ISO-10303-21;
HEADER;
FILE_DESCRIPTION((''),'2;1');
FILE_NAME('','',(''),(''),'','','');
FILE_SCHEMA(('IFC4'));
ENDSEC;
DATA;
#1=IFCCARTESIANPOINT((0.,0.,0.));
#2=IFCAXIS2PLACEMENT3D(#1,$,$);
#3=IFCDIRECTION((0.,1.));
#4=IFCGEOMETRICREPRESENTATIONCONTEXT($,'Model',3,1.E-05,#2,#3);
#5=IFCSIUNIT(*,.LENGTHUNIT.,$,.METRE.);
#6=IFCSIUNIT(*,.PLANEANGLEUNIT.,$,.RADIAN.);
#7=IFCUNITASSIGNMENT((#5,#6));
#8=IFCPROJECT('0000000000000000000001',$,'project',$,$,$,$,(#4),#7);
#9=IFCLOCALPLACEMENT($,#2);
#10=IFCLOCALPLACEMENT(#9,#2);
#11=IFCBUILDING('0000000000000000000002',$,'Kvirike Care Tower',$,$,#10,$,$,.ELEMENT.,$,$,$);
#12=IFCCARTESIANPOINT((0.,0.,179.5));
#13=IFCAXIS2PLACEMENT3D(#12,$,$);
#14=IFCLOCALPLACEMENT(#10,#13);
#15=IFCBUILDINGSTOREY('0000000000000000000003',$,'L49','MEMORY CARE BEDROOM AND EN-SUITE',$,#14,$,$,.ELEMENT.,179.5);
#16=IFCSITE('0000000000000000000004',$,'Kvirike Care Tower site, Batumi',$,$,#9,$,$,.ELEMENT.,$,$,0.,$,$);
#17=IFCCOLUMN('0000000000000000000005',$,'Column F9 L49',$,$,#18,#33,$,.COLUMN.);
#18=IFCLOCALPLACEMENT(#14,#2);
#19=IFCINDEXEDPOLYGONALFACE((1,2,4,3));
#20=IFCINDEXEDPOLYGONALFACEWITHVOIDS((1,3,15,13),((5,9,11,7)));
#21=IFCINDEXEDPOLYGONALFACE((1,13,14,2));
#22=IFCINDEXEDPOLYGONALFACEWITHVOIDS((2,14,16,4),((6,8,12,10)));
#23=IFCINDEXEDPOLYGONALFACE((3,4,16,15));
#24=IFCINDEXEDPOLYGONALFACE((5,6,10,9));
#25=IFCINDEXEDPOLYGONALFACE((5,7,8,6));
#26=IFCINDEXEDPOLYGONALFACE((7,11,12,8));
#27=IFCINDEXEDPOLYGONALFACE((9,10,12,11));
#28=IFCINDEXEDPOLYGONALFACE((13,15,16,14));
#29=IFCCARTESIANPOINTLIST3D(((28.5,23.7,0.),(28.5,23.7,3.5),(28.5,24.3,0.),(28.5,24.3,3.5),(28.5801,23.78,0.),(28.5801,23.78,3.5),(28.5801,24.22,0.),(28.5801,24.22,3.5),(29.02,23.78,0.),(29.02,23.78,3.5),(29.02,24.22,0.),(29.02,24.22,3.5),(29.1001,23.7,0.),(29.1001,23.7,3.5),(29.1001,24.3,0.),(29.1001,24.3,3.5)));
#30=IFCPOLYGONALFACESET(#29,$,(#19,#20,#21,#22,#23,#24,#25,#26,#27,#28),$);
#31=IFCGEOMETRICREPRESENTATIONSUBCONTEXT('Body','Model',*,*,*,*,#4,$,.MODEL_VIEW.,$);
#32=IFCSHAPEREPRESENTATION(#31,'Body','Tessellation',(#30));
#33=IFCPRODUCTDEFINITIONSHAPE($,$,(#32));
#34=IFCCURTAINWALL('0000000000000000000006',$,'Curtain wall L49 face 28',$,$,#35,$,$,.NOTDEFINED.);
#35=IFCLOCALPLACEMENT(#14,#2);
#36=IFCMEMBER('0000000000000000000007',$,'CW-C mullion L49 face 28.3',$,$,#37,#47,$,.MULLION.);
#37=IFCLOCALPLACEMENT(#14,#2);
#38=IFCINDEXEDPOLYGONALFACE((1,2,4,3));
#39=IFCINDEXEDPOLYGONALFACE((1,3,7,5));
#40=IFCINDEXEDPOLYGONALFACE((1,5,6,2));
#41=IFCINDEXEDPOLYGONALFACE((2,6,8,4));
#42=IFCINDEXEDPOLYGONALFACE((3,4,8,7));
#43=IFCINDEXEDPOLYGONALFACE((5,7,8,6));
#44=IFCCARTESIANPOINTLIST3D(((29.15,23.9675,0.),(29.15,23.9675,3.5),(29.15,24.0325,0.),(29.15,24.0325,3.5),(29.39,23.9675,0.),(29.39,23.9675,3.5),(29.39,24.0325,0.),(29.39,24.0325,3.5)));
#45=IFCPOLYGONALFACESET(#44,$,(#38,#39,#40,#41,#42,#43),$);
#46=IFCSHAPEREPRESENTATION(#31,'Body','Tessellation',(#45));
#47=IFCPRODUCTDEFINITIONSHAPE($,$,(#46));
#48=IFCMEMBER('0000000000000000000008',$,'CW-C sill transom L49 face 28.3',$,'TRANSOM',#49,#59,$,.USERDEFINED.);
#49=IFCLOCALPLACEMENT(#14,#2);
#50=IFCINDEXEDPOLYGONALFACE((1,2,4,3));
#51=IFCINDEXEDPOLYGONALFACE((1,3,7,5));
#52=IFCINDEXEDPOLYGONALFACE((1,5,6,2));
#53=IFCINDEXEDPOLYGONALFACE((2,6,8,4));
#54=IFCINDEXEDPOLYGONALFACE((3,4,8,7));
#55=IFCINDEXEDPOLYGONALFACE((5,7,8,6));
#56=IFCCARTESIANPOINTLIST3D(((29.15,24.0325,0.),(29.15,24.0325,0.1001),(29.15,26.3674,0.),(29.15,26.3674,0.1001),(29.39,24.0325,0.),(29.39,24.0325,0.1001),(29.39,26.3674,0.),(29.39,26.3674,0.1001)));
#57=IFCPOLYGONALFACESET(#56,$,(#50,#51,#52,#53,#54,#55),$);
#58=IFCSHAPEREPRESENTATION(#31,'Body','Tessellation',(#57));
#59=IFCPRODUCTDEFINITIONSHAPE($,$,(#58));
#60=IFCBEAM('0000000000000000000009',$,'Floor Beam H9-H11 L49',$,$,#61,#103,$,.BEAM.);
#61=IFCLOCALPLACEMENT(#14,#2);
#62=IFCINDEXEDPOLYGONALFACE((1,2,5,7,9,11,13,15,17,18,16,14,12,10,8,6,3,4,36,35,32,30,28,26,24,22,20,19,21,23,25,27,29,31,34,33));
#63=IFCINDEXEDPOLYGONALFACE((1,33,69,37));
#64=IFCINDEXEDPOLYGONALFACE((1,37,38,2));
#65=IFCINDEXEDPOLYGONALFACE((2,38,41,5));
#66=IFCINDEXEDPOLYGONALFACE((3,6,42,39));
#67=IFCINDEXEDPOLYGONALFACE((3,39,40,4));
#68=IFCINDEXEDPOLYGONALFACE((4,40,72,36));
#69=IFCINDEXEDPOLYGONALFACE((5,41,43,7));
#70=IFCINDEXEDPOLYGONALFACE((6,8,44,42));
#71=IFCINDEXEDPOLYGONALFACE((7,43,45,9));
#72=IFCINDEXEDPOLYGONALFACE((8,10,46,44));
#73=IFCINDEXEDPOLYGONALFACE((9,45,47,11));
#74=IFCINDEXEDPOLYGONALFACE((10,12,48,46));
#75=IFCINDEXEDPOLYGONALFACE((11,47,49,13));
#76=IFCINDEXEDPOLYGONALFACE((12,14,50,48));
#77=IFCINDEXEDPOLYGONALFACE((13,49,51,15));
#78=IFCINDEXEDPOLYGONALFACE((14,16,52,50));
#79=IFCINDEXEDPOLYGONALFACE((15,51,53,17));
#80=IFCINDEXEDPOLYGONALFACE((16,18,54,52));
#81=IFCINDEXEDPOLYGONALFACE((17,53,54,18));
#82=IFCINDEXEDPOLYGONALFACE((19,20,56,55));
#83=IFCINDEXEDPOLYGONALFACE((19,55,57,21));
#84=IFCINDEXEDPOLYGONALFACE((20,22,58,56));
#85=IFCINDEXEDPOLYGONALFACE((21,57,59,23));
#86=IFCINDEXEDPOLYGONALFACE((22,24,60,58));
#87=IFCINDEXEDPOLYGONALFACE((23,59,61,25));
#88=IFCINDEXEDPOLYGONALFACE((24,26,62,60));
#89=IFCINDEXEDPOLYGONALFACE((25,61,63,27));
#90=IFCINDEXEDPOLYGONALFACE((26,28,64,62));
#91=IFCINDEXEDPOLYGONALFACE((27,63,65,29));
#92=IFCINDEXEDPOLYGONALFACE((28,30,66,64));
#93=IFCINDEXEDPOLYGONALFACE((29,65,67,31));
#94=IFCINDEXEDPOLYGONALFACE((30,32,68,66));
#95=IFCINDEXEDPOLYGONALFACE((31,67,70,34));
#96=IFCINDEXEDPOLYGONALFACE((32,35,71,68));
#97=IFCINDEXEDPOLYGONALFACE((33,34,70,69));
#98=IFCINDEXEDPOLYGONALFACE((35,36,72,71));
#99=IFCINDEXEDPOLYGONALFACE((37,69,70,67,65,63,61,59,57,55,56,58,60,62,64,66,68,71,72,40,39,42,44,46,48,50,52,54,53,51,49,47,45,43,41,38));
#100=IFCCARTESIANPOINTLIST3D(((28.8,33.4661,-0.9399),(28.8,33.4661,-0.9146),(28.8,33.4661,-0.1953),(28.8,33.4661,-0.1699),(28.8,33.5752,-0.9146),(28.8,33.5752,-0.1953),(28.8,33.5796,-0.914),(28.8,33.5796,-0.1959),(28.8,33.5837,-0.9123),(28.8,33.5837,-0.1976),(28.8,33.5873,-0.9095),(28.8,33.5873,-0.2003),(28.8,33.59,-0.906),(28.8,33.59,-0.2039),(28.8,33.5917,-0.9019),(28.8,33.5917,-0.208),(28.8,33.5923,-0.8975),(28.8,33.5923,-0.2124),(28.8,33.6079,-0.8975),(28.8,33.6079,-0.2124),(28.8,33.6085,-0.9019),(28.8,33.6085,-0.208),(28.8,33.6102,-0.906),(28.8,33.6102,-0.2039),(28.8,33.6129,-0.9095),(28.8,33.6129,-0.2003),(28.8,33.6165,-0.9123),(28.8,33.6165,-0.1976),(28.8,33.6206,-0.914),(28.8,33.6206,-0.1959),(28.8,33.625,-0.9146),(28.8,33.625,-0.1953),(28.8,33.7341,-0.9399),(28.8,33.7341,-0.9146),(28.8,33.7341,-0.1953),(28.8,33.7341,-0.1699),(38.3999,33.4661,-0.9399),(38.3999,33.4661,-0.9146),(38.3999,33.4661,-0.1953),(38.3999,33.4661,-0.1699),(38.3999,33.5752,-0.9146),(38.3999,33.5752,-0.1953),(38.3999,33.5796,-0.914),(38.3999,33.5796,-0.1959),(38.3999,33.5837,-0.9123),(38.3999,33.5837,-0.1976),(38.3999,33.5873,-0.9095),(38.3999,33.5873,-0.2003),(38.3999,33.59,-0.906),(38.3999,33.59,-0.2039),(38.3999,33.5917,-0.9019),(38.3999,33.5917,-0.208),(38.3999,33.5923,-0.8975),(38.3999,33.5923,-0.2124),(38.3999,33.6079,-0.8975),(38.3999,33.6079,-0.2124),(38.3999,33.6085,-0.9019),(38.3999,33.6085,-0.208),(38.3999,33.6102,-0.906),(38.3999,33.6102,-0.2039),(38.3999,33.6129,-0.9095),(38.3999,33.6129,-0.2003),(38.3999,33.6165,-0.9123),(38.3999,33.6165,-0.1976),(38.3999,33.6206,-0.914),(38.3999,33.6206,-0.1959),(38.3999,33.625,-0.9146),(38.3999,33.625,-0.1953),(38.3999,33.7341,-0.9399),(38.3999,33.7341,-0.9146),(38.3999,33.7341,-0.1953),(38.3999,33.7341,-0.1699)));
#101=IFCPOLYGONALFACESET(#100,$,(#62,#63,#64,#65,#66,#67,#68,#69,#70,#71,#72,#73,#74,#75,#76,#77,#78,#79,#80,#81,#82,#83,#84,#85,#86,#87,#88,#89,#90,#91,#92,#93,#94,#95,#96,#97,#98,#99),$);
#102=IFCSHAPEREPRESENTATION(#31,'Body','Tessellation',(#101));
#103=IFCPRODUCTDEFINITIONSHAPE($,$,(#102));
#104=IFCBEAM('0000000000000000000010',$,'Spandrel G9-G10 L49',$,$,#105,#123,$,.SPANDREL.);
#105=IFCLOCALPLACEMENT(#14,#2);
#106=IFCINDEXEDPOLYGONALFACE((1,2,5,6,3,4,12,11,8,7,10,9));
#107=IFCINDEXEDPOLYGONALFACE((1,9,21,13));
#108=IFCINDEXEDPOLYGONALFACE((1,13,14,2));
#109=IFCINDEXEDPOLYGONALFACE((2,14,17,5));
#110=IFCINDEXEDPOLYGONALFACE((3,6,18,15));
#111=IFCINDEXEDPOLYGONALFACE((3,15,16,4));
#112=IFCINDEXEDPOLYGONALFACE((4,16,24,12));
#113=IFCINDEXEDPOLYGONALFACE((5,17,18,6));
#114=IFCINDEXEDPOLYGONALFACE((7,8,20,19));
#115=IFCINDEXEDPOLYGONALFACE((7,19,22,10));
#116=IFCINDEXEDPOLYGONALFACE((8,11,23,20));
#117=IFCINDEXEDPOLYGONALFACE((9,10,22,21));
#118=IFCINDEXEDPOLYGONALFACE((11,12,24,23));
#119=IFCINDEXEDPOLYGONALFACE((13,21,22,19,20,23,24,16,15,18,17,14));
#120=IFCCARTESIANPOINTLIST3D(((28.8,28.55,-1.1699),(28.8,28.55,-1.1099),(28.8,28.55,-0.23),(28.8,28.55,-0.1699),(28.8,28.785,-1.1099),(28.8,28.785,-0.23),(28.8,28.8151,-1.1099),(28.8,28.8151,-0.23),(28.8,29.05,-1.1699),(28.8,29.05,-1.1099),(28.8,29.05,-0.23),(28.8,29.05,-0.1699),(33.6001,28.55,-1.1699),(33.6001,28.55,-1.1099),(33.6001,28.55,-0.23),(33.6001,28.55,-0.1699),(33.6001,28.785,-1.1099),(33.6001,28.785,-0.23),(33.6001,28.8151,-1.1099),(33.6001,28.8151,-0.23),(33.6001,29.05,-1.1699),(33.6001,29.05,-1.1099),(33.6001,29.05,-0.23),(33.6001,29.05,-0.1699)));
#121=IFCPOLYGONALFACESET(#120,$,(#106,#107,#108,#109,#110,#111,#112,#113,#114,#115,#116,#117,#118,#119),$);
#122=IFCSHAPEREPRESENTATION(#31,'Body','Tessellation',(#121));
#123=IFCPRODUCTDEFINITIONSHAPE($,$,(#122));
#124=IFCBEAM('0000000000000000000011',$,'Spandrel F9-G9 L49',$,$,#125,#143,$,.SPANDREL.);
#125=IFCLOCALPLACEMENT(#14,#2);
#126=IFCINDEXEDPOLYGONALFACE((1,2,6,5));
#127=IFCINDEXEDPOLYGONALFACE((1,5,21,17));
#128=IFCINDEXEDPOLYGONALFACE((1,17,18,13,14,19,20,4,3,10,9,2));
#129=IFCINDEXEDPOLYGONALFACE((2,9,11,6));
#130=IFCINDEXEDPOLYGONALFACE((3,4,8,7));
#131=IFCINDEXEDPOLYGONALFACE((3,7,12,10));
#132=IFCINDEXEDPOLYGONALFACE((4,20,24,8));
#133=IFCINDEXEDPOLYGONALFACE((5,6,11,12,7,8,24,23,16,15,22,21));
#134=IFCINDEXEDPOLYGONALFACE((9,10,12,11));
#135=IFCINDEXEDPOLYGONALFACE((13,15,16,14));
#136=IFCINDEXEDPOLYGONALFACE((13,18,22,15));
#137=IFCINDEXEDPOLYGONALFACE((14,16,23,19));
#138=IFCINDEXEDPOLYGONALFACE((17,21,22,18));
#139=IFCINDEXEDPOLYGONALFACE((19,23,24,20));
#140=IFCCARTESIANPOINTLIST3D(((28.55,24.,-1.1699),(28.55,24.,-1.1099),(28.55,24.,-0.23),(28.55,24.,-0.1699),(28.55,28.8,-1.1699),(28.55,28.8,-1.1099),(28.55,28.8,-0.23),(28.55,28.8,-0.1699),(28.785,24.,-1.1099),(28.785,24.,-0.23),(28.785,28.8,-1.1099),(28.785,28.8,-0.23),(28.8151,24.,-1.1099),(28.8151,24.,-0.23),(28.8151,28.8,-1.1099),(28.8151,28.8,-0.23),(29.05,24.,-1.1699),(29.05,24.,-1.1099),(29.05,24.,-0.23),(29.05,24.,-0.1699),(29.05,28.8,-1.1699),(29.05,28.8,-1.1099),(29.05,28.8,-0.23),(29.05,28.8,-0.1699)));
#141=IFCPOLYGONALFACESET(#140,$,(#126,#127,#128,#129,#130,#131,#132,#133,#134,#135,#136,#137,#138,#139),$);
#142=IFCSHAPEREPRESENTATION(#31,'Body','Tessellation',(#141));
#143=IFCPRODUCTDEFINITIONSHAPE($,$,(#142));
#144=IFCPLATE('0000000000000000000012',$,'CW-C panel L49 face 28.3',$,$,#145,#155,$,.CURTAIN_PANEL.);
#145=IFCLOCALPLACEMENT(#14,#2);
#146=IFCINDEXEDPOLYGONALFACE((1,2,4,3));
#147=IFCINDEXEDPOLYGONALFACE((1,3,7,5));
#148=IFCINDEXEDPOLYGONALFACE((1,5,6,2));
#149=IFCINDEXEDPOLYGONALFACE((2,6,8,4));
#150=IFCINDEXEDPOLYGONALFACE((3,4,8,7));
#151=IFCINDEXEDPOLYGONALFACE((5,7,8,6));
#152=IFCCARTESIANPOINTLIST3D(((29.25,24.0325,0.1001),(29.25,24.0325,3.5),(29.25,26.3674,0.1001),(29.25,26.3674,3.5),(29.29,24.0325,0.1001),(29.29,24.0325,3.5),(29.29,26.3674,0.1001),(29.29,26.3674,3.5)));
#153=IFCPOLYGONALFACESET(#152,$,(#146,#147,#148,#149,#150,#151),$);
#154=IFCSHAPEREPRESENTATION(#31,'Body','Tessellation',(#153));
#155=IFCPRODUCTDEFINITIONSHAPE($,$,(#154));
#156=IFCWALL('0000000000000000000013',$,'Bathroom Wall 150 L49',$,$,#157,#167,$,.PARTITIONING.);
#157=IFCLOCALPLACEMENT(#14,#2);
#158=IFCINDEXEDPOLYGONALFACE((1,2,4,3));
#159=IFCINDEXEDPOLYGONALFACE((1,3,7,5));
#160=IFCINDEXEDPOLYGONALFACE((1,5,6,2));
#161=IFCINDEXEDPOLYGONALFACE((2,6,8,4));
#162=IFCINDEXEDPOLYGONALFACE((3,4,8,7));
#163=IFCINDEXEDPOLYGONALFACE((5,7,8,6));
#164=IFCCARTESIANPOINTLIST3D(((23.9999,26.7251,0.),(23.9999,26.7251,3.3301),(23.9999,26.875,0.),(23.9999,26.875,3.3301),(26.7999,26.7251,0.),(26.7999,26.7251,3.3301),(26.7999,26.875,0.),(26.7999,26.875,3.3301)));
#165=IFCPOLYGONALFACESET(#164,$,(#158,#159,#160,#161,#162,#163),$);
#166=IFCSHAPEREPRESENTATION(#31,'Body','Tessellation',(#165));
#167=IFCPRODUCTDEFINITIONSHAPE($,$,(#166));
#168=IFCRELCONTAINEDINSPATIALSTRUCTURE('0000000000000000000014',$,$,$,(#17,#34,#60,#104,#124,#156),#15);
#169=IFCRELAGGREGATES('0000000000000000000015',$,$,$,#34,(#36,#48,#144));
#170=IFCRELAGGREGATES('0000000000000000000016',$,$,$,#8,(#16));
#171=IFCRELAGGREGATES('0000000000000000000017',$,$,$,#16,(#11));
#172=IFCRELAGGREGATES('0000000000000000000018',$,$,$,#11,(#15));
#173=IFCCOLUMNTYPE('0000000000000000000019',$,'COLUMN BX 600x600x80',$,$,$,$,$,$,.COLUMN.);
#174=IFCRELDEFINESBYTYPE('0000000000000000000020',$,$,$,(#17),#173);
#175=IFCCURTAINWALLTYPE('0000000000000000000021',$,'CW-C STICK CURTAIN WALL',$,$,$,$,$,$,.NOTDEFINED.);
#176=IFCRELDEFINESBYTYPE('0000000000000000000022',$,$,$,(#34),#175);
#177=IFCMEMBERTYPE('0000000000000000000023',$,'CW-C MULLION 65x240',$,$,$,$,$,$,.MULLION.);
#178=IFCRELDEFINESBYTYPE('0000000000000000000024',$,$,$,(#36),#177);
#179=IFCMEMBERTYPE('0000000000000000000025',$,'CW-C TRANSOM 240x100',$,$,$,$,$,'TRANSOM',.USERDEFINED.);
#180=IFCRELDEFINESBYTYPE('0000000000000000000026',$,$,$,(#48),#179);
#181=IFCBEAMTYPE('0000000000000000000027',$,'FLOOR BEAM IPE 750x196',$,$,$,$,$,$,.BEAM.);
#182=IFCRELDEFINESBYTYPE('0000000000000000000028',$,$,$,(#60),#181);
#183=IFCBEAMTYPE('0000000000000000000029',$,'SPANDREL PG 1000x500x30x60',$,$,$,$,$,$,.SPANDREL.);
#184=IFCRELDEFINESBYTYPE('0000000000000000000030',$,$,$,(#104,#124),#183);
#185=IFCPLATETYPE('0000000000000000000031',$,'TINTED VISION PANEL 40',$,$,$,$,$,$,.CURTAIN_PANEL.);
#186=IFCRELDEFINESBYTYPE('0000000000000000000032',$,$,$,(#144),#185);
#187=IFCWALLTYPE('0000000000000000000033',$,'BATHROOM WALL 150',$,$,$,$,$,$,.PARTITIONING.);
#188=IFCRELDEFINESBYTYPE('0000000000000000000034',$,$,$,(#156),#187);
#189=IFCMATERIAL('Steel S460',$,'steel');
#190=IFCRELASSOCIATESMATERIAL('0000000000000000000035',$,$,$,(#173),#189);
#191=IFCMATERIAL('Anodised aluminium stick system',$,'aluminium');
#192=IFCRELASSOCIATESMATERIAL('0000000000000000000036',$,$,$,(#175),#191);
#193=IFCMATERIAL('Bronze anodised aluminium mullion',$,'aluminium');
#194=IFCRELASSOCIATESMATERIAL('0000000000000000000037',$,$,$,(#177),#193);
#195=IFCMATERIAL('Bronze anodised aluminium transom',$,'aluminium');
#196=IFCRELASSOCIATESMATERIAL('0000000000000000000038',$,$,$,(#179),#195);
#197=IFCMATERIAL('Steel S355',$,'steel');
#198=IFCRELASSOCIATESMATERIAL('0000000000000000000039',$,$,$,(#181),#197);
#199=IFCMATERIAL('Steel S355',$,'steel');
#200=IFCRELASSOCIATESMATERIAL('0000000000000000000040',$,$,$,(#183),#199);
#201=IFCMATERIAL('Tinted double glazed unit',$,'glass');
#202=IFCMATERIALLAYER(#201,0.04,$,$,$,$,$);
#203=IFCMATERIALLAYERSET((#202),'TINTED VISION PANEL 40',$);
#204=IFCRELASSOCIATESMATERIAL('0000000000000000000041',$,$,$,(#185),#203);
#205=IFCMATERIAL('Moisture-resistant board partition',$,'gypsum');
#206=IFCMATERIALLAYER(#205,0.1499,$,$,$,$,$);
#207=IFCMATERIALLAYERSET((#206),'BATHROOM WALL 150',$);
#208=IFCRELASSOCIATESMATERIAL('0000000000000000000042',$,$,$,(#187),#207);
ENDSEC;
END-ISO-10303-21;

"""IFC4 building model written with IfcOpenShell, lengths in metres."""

from ifc_helpers import new_model, si_unit, direction, frame, frame_2d, origin, origin_2d, place, context, subcontext, project, spatial, rectangle, hollow_rectangle, i_section, extrude, material, layer, layer_set, material_profile, profile_set, type_object, element, aggregate, save


model = new_model("IFC4")

# Units and contexts
model_context = context("Model", 3, precision=1e-05, world=origin(), true_north=direction((0.0, 1.0)))
body_context = subcontext(model_context, "Body", "Model", "MODEL_VIEW")
ifc_project = project(units=[si_unit("LENGTHUNIT", "METRE"), si_unit("PLANEANGLEUNIT", "RADIAN")], contexts=[model_context])

# Site, building, storey
site_placement = place(None, origin())
site = spatial("IfcSite", under=ifc_project, at=site_placement, Name="Kvirike Care Tower site, Batumi", CompositionType="ELEMENT", RefElevation=0.0)
building_placement = place(site_placement, origin())
building = spatial("IfcBuilding", under=site, at=building_placement, Name="Kvirike Care Tower", CompositionType="ELEMENT")
storey_placement = place(building_placement, frame((0.0, 0.0, 179.5)))
storey = spatial("IfcBuildingStorey", under=building, at=storey_placement, Name="L49", Description="MEMORY CARE BEDROOM AND EN-SUITE", CompositionType="ELEMENT", Elevation=179.5)

# Column
ifc_material_1 = material(Name="Steel S460", Category="steel")
ifc_material_profile_1 = material_profile(ifc_material_1, hollow_rectangle(XDim=0.6001, YDim=0.6001, WallThickness=0.0801, at=origin_2d()), Name="BX 600x600x80")
ifc_profile_set_1 = profile_set([ifc_material_profile_1], Name="Steel S460")
column_type = type_object("IfcColumnType", Name="COLUMN BX 600x600x80", PredefinedType="COLUMN", material=ifc_profile_set_1)
column_placement = place(storey_placement, frame((28.8, 24.0, 0.0), z_axis=(0.0, 0.0, 1.0), x_axis=(1.0, 0.0, 0.0)))
element("IfcColumn", 1, at=column_placement, inside=storey, type_object=column_type, Name="Column F9 L49", PredefinedType="COLUMN", context=body_context, shape_type="SweptSolid", body=[
    extrude(hollow_rectangle(XDim=0.6001, YDim=0.6001, WallThickness=0.0801, at=origin_2d()), origin(), (0.0, 0.0, 1.0), 3.5),
])

# Curtain wall, members
ifc_material_2 = material(Name="Anodised aluminium stick system", Category="aluminium")
curtain_wall_type = type_object("IfcCurtainWallType", Name="CW-C STICK CURTAIN WALL", PredefinedType="NOTDEFINED", material=ifc_material_2)
curtain_wall_placement = place(storey_placement, origin())
curtain_wall = element("IfcCurtainWall", 2, at=curtain_wall_placement, inside=storey, type_object=curtain_wall_type, Name="Curtain wall L49 face 28", PredefinedType="NOTDEFINED")
ifc_material_3 = material(Name="Bronze anodised aluminium mullion", Category="aluminium")
ifc_material_profile_2 = material_profile(ifc_material_3, rectangle(XDim=0.0649, YDim=0.24, at=origin_2d()), Name="CW-C MULLION 65x240")
ifc_profile_set_2 = profile_set([ifc_material_profile_2], Name="Bronze anodised aluminium mullion")
member_type_1 = type_object("IfcMemberType", Name="CW-C MULLION 65x240", PredefinedType="MULLION", material=ifc_profile_set_2)
member_1_placement = place(storey_placement, frame((29.27, 24.0, 0.0), z_axis=(0.0, 0.0, 1.0), x_axis=(0.0, 1.0, 0.0)))
member_1 = element("IfcMember", 3, at=member_1_placement, type_object=member_type_1, Name="CW-C mullion L49 face 28.3", PredefinedType="MULLION", context=body_context, shape_type="SweptSolid", body=[
    extrude(rectangle(XDim=0.0649, YDim=0.24, at=origin_2d()), origin(), (0.0, 0.0, 1.0), 3.5),
])
ifc_material_4 = material(Name="Bronze anodised aluminium transom", Category="aluminium")
ifc_material_profile_3 = material_profile(ifc_material_4, rectangle(XDim=0.24, YDim=0.1001, at=origin_2d()), Name="CW-C TRANSOM 240x100")
ifc_profile_set_3 = profile_set([ifc_material_profile_3], Name="Bronze anodised aluminium transom")
member_type_2 = type_object("IfcMemberType", Name="CW-C TRANSOM 240x100", ElementType="TRANSOM", PredefinedType="USERDEFINED", material=ifc_profile_set_3)
member_2_placement = place(storey_placement, frame((29.27, 24.0325, 0.05), z_axis=(0.0, 1.0, 0.0), x_axis=(-1.0, 0.0, 0.0)))
member_2 = element("IfcMember", 4, at=member_2_placement, type_object=member_type_2, Name="CW-C sill transom L49 face 28.3", ObjectType="TRANSOM", PredefinedType="USERDEFINED", context=body_context, shape_type="SweptSolid", body=[
    extrude(rectangle(XDim=0.24, YDim=0.1001, at=origin_2d()), origin(), (0.0, 0.0, 1.0), 2.335),
])

# Beams
ifc_material_5 = material(Name="Steel S355", Category="steel")
ifc_material_profile_4 = material_profile(ifc_material_5, i_section(OverallWidth=0.2681, OverallDepth=0.77, WebThickness=0.0156, FlangeThickness=0.0254, FilletRadius=0.0171, at=origin_2d()), Name="IPE 750x196")
ifc_profile_set_4 = profile_set([ifc_material_profile_4], Name="Steel S355")
beam_type_1 = type_object("IfcBeamType", Name="FLOOR BEAM IPE 750x196", PredefinedType="BEAM", material=ifc_profile_set_4)
beam_placement = place(storey_placement, frame((28.8, 33.6001, -0.5549), z_axis=(1.0, 0.0, 0.0), x_axis=(0.0, 1.0, 0.0)))
element("IfcBeam", 5, at=beam_placement, inside=storey, type_object=beam_type_1, Name="Floor Beam H9-H11 L49", PredefinedType="BEAM", context=body_context, shape_type="SweptSolid", body=[
    extrude(i_section(OverallWidth=0.2681, OverallDepth=0.77, WebThickness=0.0156, FlangeThickness=0.0254, FilletRadius=0.0171, at=origin_2d()), origin(), (0.0, 0.0, 1.0), 9.5999),
])
ifc_material_6 = material(Name="Steel S355", Category="steel")
ifc_material_profile_5 = material_profile(ifc_material_6, i_section(OverallWidth=0.5, OverallDepth=1.0, WebThickness=0.03, FlangeThickness=0.0601, at=origin_2d()), Name="PG 1000x500x30x60")
ifc_profile_set_5 = profile_set([ifc_material_profile_5], Name="Steel S355")
beam_type_2 = type_object("IfcBeamType", Name="SPANDREL PG 1000x500x30x60", PredefinedType="SPANDREL", material=ifc_profile_set_5)
for number, where, z_axis, x_axis, name in (
    (6, (28.8, 28.8, -0.6699), (1.0, 0.0, 0.0), (0.0, 1.0, 0.0), "Spandrel G9-G10 L49"),
    (7, (28.8, 24.0, -0.6699), (0.0, 1.0, 0.0), (-1.0, 0.0, 0.0), "Spandrel F9-G9 L49"),
):
    element("IfcBeam", number, at=place(storey_placement, frame(where, z_axis=z_axis, x_axis=x_axis)), inside=storey, type_object=beam_type_2, Name=name, PredefinedType="SPANDREL", context=body_context, shape_type="SweptSolid", body=[
        extrude(i_section(OverallWidth=0.5, OverallDepth=1.0, WebThickness=0.03, FlangeThickness=0.0601, at=origin_2d()), origin(), (0.0, 0.0, 1.0), 4.8),
    ])

# Plate
ifc_material_7 = material(Name="Tinted double glazed unit", Category="glass")
ifc_layer_1 = layer(ifc_material_7, 0.04)
ifc_layer_set_1 = layer_set([ifc_layer_1], Name="TINTED VISION PANEL 40")
plate_type = type_object("IfcPlateType", Name="TINTED VISION PANEL 40", PredefinedType="CURTAIN_PANEL", material=ifc_layer_set_1)
plate_placement = place(storey_placement, frame((29.27, 25.2, 0.1001), z_axis=(0.0, 0.0, 1.0), x_axis=(0.0, 1.0, 0.0)))
plate = element("IfcPlate", 8, at=plate_placement, type_object=plate_type, Name="CW-C panel L49 face 28.3", PredefinedType="CURTAIN_PANEL", context=body_context, shape_type="SweptSolid", body=[
    extrude(rectangle(XDim=2.335, YDim=0.04, at=origin_2d()), origin(), (0.0, 0.0, 1.0), 3.3999),
])
aggregate(curtain_wall, [member_1, member_2, plate])

# Wall
ifc_material_8 = material(Name="Moisture-resistant board partition", Category="gypsum")
ifc_layer_2 = layer(ifc_material_8, 0.1499)
ifc_layer_set_2 = layer_set([ifc_layer_2], Name="BATHROOM WALL 150")
wall_type_1 = type_object("IfcWallType", Name="BATHROOM WALL 150", PredefinedType="PARTITIONING", material=ifc_layer_set_2)
wall_1_placement = place(storey_placement, frame((24.0, 26.8, 0.0), z_axis=(0.0, 0.0, 1.0), x_axis=(1.0, 0.0, 0.0)))
element("IfcWall", 9, at=wall_1_placement, inside=storey, type_object=wall_type_1, Name="Bathroom Wall 150 L49", PredefinedType="PARTITIONING", context=body_context, shape_type="SweptSolid", body=[
    extrude(rectangle(XDim=2.8, YDim=0.1499, at=frame_2d((1.3999, 0.0))), origin(), (0.0, 0.0, 1.0), 3.3301),
])

save(model, "model.ifc")
